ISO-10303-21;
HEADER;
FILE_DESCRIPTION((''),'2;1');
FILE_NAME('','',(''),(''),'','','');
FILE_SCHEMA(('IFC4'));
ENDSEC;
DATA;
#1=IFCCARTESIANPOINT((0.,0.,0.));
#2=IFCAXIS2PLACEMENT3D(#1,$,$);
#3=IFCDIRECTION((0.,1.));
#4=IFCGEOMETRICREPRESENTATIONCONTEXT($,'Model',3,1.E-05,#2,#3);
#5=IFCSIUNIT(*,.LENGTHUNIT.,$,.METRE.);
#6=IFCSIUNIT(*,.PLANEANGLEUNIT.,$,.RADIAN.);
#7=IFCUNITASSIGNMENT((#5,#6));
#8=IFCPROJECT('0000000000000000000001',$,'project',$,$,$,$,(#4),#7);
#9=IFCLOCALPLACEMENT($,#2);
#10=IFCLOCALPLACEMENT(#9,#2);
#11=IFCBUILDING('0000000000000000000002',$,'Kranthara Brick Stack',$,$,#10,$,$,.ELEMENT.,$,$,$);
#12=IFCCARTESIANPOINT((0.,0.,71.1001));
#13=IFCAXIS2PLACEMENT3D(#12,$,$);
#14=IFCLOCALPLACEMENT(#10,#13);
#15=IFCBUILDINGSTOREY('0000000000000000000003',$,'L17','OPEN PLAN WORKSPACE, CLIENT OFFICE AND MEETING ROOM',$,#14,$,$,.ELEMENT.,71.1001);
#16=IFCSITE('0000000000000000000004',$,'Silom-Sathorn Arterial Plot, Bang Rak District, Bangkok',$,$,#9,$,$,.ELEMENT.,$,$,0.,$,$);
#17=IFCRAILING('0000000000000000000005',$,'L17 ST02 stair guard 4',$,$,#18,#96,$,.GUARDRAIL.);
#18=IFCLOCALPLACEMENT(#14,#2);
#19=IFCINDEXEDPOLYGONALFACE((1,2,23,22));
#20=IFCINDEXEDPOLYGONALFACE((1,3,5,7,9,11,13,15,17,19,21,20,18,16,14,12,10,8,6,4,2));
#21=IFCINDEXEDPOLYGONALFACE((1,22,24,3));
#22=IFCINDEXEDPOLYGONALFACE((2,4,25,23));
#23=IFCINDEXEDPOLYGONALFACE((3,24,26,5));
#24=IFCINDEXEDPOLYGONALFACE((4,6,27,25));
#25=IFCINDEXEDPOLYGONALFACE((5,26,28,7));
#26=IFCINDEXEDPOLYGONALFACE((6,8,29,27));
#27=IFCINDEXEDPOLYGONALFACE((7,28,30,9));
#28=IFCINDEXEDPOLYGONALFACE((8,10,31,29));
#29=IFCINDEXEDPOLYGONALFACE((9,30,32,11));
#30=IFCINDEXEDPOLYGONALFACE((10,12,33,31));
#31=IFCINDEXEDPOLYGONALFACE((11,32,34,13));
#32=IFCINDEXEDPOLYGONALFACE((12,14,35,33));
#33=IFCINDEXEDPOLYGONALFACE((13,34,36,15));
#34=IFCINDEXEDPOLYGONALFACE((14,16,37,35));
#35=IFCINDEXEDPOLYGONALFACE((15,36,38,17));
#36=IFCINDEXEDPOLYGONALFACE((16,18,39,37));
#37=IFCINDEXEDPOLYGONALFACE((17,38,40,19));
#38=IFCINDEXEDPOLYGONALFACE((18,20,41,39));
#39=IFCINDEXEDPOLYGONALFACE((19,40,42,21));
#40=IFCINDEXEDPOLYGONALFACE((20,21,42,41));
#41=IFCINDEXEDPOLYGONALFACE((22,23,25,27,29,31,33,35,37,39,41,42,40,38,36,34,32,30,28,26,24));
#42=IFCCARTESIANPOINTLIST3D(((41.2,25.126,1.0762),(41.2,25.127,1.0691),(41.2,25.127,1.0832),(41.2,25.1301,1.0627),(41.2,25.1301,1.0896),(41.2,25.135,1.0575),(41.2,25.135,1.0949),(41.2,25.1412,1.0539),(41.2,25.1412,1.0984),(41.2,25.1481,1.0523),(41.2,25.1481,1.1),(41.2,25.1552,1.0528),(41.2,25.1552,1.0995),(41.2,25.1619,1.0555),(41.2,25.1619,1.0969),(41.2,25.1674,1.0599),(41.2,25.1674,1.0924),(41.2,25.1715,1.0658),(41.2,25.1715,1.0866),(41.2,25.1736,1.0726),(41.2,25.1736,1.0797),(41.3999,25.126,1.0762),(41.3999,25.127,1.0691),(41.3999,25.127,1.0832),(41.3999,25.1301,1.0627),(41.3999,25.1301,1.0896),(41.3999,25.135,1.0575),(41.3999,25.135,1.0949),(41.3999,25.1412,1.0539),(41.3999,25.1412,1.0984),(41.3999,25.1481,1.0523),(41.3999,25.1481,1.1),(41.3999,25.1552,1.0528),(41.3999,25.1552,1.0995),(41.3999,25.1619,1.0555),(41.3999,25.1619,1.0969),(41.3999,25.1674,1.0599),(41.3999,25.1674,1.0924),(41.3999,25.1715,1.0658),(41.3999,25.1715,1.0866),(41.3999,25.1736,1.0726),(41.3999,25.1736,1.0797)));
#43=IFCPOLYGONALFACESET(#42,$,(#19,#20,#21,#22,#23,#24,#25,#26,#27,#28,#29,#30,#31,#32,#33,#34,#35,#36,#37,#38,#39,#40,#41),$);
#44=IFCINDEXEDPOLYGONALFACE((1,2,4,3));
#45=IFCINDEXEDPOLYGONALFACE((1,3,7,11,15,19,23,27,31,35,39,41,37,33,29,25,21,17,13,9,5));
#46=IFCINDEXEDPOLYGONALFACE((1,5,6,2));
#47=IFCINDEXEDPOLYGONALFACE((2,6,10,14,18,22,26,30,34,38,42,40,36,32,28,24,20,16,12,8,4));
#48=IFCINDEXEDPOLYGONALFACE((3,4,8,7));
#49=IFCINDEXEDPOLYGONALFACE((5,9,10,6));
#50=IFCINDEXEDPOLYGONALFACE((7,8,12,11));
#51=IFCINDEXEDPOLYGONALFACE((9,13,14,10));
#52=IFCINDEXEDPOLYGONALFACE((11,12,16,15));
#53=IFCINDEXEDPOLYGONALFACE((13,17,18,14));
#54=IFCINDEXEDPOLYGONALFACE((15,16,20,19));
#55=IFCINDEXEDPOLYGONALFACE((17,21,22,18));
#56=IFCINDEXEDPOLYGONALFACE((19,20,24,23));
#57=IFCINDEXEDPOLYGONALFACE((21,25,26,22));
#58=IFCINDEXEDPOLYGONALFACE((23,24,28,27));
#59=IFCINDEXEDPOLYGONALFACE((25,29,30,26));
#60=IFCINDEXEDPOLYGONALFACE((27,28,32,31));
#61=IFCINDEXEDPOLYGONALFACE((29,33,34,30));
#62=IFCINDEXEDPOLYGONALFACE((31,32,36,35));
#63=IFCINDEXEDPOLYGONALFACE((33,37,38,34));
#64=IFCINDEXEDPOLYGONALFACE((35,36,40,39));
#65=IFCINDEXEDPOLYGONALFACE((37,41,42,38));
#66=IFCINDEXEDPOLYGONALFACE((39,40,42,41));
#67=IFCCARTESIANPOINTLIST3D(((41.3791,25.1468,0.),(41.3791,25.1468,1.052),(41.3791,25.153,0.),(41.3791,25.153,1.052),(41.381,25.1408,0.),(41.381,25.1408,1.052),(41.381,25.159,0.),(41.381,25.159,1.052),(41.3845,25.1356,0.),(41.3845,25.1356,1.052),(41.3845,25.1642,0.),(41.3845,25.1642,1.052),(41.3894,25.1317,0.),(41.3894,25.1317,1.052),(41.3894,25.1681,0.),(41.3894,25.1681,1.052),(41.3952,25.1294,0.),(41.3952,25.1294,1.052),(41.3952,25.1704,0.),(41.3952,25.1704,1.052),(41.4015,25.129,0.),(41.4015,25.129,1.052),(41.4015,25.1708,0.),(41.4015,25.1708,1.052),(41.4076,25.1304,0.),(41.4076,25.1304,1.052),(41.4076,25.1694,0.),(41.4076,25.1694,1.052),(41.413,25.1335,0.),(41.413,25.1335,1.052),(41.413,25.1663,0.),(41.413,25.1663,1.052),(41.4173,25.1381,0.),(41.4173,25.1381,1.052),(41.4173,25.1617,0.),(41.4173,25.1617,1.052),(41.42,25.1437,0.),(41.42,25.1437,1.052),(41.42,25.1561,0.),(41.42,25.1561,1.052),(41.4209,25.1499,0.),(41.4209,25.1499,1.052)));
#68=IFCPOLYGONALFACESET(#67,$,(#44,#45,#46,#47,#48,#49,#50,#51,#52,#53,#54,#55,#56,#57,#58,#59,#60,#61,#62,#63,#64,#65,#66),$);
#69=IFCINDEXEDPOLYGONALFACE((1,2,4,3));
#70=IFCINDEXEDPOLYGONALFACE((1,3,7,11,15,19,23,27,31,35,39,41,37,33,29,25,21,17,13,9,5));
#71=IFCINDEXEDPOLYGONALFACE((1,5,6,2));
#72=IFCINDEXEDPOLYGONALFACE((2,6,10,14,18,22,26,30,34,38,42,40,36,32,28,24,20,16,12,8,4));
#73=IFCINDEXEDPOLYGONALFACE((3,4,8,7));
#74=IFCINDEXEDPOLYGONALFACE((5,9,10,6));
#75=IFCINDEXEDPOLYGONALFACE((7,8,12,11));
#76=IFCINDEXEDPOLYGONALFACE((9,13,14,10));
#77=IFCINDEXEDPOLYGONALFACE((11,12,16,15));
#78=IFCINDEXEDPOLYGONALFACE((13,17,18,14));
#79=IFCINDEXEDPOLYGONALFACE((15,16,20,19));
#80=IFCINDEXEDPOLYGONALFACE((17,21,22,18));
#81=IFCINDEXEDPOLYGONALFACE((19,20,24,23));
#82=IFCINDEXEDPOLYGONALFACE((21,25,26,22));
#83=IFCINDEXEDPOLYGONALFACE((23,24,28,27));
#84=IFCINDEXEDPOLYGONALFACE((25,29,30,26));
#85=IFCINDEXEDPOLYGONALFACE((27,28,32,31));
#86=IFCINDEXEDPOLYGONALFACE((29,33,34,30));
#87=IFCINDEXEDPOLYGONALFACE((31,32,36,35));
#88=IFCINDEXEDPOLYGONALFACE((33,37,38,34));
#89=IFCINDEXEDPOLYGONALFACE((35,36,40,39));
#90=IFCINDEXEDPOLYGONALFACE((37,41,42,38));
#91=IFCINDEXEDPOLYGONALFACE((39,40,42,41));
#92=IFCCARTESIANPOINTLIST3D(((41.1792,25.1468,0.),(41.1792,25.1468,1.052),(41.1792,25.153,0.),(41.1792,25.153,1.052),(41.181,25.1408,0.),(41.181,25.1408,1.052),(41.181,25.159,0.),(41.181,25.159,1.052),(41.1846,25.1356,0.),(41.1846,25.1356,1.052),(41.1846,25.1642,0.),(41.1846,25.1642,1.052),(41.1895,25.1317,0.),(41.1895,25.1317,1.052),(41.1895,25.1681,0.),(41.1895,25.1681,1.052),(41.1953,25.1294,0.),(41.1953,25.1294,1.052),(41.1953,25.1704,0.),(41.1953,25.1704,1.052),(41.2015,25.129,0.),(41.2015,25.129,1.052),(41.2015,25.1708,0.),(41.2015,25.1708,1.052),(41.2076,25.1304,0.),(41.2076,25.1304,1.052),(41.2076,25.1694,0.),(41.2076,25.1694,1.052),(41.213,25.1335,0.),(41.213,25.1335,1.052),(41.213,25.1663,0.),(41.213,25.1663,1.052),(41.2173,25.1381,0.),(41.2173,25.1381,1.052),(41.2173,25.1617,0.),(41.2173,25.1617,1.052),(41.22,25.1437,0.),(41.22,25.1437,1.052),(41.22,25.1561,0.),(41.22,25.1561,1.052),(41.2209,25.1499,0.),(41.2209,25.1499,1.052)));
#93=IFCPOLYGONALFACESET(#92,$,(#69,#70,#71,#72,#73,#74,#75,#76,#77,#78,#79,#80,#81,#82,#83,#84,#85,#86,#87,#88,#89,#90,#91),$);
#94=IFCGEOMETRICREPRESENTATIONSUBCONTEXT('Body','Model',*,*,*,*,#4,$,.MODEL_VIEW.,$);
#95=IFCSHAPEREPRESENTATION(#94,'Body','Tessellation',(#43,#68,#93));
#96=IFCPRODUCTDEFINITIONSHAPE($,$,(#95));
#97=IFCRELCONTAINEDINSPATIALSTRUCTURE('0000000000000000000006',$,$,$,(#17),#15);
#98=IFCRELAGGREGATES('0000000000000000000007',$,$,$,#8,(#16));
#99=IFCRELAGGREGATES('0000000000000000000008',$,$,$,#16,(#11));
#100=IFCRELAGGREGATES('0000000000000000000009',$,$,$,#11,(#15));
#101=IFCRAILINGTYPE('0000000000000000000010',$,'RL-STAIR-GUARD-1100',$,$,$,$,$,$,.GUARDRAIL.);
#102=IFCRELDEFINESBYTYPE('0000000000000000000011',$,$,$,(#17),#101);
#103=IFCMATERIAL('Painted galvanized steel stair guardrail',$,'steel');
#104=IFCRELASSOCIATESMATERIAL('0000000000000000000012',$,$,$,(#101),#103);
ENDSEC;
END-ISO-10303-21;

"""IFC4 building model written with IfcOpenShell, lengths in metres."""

from ifc_helpers import new_model, si_unit, direction, frame, origin, origin_2d, place, context, subcontext, project, spatial, circle, extrude, material, type_object, element, save


model = new_model("IFC4")

# Units and contexts
model_context = context("Model", 3, precision=1e-05, world=origin(), true_north=direction((0.0, 1.0)))
body_context = subcontext(model_context, "Body", "Model", "MODEL_VIEW")
ifc_project = project(units=[si_unit("LENGTHUNIT", "METRE"), si_unit("PLANEANGLEUNIT", "RADIAN")], contexts=[model_context])

# Site, building, storey
site_placement = place(None, origin())
site = spatial("IfcSite", under=ifc_project, at=site_placement, Name="Silom-Sathorn Arterial Plot, Bang Rak District, Bangkok", CompositionType="ELEMENT", RefElevation=0.0)
building_placement = place(site_placement, origin())
building = spatial("IfcBuilding", under=site, at=building_placement, Name="Kranthara Brick Stack", CompositionType="ELEMENT")
storey_placement = place(building_placement, frame((0.0, 0.0, 71.1001)))
storey = spatial("IfcBuildingStorey", under=building, at=storey_placement, Name="L17", Description="OPEN PLAN WORKSPACE, CLIENT OFFICE AND MEETING ROOM", CompositionType="ELEMENT", Elevation=71.1001)

# Railing
ifc_material_1 = material(Name="Painted galvanized steel stair guardrail", Category="steel")
railing_type_1 = type_object("IfcRailingType", Name="RL-STAIR-GUARD-1100", PredefinedType="GUARDRAIL", material=ifc_material_1)
railing_1_placement = place(storey_placement, frame((41.3999, 25.1499, 0.0)))
element("IfcRailing", 1, at=railing_1_placement, inside=storey, type_object=railing_type_1, Name="L17 ST02 stair guard 4", PredefinedType="GUARDRAIL", context=body_context, shape_type="SweptSolid", body=[
    extrude(circle(Radius=0.0239, at=origin_2d()), frame((0.0, 0.0, 1.0762), z_axis=(-1.0, 0.0, 0.0), x_axis=(0.0, -1.0, 0.0)), (0.0, 0.0, 1.0), 0.2),
    extrude(circle(Radius=0.021, at=origin_2d()), origin(), (0.0, 0.0, 1.0), 1.052),
    extrude(circle(Radius=0.021, at=origin_2d()), frame((-0.2, 0.0, 0.0)), (0.0, 0.0, 1.0), 1.052),
])

save(model, "model.ifc")
